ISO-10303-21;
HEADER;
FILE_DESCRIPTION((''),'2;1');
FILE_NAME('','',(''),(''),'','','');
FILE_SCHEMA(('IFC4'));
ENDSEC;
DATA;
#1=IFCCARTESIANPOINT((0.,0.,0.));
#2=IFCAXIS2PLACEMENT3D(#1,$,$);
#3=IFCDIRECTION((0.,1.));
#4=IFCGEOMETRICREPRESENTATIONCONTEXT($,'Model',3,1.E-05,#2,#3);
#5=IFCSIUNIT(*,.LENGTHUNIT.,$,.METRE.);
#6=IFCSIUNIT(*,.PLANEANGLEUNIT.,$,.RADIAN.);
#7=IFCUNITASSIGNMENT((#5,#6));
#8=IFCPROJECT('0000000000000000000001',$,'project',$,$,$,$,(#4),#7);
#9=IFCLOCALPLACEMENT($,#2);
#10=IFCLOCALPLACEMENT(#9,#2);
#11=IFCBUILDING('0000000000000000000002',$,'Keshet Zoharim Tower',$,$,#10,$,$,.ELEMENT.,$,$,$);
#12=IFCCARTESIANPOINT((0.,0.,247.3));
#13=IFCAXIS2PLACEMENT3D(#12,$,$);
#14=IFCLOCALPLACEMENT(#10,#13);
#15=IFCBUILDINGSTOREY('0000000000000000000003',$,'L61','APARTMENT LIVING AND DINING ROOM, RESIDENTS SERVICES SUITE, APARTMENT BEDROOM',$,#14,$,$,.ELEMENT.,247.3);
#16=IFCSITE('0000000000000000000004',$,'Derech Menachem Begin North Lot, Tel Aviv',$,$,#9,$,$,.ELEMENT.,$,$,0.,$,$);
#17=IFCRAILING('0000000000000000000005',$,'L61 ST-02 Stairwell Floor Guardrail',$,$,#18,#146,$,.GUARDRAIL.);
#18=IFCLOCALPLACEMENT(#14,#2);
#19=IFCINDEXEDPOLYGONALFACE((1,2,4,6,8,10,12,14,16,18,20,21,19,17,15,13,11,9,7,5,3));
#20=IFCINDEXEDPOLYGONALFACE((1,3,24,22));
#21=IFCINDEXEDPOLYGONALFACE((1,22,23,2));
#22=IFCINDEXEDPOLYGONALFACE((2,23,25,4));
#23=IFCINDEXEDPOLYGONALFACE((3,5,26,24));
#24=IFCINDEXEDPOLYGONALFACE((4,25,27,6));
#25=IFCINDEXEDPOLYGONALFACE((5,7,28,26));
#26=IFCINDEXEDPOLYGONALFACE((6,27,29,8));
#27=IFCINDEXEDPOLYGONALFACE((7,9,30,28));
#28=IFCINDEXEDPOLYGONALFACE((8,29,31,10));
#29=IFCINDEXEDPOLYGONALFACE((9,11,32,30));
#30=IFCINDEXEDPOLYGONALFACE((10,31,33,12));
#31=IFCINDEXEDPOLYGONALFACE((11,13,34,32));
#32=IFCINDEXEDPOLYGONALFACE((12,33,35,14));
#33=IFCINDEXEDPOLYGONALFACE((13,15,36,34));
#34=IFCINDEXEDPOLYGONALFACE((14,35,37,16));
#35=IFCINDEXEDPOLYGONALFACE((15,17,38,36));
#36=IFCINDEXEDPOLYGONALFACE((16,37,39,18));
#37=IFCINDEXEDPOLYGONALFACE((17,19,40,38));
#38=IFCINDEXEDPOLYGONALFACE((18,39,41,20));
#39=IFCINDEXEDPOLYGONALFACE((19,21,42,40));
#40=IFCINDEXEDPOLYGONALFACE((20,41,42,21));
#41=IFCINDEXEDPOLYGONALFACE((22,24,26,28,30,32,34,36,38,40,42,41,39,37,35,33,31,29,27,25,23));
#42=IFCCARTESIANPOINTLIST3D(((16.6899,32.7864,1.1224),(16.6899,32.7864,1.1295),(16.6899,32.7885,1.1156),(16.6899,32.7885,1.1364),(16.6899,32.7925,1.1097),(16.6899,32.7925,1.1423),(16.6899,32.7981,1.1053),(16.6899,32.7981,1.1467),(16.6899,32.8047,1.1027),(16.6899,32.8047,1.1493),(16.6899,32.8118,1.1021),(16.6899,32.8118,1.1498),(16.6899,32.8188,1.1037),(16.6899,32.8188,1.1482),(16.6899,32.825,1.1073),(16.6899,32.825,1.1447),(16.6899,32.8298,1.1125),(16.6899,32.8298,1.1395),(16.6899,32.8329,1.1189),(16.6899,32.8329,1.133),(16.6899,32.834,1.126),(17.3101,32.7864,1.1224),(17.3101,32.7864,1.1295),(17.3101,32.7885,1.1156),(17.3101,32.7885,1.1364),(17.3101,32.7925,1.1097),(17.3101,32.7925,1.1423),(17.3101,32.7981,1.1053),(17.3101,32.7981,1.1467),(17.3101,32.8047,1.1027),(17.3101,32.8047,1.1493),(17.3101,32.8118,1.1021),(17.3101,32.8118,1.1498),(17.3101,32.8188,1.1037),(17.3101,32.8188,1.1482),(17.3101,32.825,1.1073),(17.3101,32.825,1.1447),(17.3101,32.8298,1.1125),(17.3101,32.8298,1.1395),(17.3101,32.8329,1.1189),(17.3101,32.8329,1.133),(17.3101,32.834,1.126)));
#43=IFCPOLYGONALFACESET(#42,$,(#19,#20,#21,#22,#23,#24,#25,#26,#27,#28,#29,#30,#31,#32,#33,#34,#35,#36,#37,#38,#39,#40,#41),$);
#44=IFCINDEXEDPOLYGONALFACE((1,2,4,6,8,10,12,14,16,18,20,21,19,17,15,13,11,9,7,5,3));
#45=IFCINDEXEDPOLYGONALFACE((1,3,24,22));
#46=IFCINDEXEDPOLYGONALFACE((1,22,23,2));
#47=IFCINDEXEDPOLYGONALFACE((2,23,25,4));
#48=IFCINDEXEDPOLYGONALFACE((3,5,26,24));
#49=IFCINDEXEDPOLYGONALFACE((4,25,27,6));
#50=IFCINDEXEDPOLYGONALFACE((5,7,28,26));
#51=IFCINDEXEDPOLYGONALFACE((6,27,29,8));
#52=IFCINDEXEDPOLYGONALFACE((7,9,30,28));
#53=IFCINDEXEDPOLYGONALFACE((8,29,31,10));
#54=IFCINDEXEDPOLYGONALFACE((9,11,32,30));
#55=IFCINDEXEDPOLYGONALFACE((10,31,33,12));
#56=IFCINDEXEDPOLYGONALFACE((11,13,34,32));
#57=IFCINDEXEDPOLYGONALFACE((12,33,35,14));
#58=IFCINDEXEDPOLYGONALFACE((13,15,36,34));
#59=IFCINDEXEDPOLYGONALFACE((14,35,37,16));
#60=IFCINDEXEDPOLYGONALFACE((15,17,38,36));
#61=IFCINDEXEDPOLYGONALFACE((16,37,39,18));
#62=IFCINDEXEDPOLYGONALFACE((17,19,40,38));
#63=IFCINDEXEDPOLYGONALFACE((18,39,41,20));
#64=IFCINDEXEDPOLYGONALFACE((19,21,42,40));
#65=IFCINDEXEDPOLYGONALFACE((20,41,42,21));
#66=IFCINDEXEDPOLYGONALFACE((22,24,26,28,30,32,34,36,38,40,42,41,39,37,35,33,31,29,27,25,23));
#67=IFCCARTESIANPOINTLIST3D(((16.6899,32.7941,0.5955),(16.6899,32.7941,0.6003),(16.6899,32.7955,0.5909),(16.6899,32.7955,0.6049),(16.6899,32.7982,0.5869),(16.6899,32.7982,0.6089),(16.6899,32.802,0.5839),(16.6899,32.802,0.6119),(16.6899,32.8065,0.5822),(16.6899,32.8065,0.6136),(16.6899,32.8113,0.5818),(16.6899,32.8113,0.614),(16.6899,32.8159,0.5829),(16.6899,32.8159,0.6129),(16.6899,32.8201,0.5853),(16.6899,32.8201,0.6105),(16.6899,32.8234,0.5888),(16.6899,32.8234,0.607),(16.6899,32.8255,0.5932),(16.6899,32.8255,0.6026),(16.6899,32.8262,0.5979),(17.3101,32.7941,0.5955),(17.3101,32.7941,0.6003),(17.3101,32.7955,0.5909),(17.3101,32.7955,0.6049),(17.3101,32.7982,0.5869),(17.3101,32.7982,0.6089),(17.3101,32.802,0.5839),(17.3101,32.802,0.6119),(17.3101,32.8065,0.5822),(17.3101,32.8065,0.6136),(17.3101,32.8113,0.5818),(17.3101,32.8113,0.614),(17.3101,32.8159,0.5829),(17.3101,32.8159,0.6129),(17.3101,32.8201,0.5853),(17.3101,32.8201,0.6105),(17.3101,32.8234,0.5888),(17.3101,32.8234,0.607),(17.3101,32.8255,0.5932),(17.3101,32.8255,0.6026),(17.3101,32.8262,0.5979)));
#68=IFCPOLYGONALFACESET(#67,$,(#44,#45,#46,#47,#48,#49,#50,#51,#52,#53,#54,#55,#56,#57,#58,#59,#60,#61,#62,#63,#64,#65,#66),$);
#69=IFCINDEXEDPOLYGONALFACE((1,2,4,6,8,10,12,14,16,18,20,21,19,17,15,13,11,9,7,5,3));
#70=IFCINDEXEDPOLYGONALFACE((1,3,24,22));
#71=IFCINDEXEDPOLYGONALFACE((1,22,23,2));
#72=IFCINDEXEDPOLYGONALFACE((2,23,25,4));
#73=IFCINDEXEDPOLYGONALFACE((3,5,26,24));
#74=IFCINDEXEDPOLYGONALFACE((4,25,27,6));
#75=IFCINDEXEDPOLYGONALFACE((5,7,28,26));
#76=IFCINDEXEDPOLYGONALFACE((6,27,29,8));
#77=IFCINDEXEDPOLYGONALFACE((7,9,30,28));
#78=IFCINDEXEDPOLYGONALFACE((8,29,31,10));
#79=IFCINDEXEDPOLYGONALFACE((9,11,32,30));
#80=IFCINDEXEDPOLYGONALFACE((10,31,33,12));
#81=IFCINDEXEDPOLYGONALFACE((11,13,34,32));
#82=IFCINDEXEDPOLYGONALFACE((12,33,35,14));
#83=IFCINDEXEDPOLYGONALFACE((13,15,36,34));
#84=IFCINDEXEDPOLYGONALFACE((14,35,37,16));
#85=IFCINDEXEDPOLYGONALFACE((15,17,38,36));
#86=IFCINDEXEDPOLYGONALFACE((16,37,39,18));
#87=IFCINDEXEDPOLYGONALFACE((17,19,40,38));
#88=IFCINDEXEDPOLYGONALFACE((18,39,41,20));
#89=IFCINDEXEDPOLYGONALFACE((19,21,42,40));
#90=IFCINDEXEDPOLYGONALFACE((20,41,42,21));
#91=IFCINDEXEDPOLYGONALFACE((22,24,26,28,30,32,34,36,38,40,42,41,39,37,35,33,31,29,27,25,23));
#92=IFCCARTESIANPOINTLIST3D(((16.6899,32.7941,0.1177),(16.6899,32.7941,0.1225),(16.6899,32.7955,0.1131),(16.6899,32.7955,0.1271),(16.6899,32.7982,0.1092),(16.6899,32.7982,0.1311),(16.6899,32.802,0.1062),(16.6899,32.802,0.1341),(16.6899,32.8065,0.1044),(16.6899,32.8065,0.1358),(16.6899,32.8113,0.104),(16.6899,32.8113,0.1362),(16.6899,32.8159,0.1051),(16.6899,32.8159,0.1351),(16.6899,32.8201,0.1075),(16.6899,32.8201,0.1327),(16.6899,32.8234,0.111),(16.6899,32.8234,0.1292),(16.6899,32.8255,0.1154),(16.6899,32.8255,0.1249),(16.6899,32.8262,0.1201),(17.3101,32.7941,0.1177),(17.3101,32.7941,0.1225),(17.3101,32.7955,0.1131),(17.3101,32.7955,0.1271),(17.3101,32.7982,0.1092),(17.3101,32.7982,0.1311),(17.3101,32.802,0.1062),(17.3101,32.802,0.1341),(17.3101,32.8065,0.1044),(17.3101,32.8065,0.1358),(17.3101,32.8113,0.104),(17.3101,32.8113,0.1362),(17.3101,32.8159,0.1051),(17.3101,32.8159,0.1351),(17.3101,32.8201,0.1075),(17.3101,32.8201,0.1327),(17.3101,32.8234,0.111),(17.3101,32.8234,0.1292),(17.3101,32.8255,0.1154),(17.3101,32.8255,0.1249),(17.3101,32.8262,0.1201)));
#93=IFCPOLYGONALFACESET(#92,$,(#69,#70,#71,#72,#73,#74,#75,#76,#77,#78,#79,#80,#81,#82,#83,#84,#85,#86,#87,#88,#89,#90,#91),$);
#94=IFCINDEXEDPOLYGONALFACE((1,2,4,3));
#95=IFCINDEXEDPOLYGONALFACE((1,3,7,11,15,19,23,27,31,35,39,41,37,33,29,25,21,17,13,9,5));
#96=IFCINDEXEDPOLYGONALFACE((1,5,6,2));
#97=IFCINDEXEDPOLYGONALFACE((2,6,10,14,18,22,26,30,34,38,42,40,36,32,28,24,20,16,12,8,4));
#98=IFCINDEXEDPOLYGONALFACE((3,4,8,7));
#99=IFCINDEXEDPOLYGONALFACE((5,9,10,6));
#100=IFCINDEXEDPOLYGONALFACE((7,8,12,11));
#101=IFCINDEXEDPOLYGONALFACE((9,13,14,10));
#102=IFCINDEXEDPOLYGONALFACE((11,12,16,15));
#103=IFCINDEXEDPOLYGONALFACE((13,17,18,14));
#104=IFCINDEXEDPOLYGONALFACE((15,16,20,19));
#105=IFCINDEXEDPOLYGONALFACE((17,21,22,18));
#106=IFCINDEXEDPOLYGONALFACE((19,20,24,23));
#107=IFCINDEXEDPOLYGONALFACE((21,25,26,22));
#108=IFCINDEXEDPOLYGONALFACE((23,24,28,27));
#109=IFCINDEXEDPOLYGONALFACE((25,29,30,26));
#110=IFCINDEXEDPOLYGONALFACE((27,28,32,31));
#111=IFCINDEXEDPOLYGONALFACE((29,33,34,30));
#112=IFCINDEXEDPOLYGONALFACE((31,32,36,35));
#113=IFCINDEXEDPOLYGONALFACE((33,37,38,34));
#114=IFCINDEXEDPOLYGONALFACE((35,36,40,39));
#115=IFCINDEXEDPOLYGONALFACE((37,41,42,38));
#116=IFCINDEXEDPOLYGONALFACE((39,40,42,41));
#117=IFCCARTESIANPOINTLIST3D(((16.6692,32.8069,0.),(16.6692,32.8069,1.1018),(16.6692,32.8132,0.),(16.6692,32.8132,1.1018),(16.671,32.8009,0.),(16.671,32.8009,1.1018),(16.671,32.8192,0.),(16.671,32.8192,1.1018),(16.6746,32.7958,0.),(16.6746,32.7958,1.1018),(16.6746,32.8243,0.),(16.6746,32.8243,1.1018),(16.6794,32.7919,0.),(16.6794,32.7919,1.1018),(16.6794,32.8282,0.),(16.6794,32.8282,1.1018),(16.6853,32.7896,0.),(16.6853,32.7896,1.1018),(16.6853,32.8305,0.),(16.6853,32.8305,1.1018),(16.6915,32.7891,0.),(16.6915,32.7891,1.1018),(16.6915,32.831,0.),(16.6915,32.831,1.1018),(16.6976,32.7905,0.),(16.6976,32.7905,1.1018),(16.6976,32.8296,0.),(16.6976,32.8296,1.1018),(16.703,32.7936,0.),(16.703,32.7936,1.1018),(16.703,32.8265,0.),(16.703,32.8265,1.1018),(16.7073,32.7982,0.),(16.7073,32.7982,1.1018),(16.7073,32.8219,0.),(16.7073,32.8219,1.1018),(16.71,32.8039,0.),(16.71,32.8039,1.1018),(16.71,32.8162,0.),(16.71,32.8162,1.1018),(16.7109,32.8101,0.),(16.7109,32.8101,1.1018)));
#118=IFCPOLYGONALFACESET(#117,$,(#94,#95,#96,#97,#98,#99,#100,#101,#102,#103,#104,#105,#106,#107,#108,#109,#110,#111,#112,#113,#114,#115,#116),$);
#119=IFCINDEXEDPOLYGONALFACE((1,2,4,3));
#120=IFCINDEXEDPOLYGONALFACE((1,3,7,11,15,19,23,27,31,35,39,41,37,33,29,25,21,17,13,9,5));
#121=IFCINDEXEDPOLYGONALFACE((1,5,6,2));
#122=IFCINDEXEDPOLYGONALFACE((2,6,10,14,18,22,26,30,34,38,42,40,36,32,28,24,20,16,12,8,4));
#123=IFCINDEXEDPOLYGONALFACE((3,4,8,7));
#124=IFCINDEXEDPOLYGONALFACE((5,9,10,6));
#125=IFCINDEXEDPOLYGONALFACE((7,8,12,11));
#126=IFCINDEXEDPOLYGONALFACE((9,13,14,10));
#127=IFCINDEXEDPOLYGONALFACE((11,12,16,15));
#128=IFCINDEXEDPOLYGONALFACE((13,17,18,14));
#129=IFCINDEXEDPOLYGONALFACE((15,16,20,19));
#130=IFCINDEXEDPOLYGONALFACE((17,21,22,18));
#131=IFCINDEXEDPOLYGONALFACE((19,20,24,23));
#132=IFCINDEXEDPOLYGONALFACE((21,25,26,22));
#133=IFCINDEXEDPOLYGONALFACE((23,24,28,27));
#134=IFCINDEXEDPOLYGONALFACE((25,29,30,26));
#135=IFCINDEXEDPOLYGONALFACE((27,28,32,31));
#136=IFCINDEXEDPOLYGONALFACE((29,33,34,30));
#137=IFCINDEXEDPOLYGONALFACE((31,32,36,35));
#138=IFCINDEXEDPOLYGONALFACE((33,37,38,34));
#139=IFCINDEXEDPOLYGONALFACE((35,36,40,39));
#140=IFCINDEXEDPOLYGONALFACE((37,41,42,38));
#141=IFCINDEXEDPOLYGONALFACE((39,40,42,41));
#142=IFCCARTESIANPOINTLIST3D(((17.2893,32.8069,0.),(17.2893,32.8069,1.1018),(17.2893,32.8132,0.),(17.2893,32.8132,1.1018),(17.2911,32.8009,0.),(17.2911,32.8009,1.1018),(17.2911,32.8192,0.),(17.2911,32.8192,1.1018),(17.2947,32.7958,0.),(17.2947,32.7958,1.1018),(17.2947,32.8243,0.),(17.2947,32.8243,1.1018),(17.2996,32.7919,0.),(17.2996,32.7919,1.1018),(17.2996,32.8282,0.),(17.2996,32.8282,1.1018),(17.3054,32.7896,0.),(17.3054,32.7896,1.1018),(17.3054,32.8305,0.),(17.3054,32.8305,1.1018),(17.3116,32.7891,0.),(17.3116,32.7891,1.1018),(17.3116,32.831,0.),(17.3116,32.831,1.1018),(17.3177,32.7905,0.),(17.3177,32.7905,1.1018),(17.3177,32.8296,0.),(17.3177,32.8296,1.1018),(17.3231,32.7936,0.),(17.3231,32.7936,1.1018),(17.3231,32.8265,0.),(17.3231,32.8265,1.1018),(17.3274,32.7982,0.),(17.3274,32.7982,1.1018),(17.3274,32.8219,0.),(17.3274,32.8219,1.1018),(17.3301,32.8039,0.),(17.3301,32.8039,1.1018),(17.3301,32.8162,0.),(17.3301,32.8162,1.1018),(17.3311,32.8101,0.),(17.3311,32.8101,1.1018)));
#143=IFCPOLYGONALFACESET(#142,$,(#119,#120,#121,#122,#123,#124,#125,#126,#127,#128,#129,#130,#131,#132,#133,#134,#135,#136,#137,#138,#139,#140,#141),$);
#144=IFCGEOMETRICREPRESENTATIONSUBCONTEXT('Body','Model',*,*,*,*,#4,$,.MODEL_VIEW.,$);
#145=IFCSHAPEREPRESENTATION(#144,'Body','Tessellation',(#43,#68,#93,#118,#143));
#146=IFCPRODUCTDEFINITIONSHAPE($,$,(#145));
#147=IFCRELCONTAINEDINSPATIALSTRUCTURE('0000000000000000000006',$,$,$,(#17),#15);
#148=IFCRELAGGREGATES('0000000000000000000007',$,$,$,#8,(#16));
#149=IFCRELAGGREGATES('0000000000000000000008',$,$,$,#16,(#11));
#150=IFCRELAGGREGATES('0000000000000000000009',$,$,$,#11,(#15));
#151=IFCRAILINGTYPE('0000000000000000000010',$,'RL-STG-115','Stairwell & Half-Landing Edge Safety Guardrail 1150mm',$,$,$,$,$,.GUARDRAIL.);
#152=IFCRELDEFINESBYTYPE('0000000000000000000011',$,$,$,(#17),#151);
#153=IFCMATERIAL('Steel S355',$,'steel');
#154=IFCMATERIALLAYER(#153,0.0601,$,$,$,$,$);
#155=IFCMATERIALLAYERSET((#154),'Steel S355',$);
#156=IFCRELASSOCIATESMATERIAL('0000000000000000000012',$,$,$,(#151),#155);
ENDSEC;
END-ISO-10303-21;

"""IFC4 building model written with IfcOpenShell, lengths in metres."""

from ifc_helpers import new_model, si_unit, direction, frame, origin, origin_2d, place, context, subcontext, project, spatial, circle, extrude, material, layer, layer_set, type_object, element, save


model = new_model("IFC4")

# Units and contexts
model_context = context("Model", 3, precision=1e-05, world=origin(), true_north=direction((0.0, 1.0)))
body_context = subcontext(model_context, "Body", "Model", "MODEL_VIEW")
ifc_project = project(units=[si_unit("LENGTHUNIT", "METRE"), si_unit("PLANEANGLEUNIT", "RADIAN")], contexts=[model_context])

# Site, building, storey
site_placement = place(None, origin())
site = spatial("IfcSite", under=ifc_project, at=site_placement, Name="Derech Menachem Begin North Lot, Tel Aviv", CompositionType="ELEMENT", RefElevation=0.0)
building_placement = place(site_placement, origin())
building = spatial("IfcBuilding", under=site, at=building_placement, Name="Keshet Zoharim Tower", CompositionType="ELEMENT")
storey_placement = place(building_placement, frame((0.0, 0.0, 247.3)))
storey = spatial("IfcBuildingStorey", under=building, at=storey_placement, Name="L61", Description="APARTMENT LIVING AND DINING ROOM, RESIDENTS SERVICES SUITE, APARTMENT BEDROOM", CompositionType="ELEMENT", Elevation=247.3)

# Shared definitions
ifc_material_1 = material(Name="Steel S355", Category="steel")

# Railing
ifc_layer_1 = layer(ifc_material_1, 0.0601)
ifc_layer_set_1 = layer_set([ifc_layer_1], Name="Steel S355")
railing_type_1 = type_object("IfcRailingType", Name="RL-STG-115", Description="Stairwell & Half-Landing Edge Safety Guardrail 1150mm", PredefinedType="GUARDRAIL", material=ifc_layer_set_1)
railing_1_placement = place(storey_placement, frame((16.6899, 32.8101, 0.0)))
element("IfcRailing", 1, at=railing_1_placement, inside=storey, type_object=railing_type_1, Name="L61 ST-02 Stairwell Floor Guardrail", PredefinedType="GUARDRAIL", context=body_context, shape_type="SweptSolid", body=[
    extrude(circle(Radius=0.0239, at=origin_2d()), frame((0.0, 0.0, 1.126), z_axis=(1.0, 0.0, 0.0), x_axis=(0.0, 1.0, 0.0)), (0.0, 0.0, 1.0), 0.6201),
    extrude(circle(Radius=0.0161, at=origin_2d()), frame((0.0, 0.0, 0.5979), z_axis=(1.0, 0.0, 0.0), x_axis=(0.0, 1.0, 0.0)), (0.0, 0.0, 1.0), 0.6201),
    extrude(circle(Radius=0.0161, at=origin_2d()), frame((0.0, 0.0, 0.1201), z_axis=(1.0, 0.0, 0.0), x_axis=(0.0, 1.0, 0.0)), (0.0, 0.0, 1.0), 0.6201),
    extrude(circle(Radius=0.021, at=origin_2d()), origin(), (0.0, 0.0, 1.0), 1.1018),
    extrude(circle(Radius=0.021, at=origin_2d()), frame((0.6201, 0.0, 0.0)), (0.0, 0.0, 1.0), 1.1018),
])

save(model, "model.ifc")
